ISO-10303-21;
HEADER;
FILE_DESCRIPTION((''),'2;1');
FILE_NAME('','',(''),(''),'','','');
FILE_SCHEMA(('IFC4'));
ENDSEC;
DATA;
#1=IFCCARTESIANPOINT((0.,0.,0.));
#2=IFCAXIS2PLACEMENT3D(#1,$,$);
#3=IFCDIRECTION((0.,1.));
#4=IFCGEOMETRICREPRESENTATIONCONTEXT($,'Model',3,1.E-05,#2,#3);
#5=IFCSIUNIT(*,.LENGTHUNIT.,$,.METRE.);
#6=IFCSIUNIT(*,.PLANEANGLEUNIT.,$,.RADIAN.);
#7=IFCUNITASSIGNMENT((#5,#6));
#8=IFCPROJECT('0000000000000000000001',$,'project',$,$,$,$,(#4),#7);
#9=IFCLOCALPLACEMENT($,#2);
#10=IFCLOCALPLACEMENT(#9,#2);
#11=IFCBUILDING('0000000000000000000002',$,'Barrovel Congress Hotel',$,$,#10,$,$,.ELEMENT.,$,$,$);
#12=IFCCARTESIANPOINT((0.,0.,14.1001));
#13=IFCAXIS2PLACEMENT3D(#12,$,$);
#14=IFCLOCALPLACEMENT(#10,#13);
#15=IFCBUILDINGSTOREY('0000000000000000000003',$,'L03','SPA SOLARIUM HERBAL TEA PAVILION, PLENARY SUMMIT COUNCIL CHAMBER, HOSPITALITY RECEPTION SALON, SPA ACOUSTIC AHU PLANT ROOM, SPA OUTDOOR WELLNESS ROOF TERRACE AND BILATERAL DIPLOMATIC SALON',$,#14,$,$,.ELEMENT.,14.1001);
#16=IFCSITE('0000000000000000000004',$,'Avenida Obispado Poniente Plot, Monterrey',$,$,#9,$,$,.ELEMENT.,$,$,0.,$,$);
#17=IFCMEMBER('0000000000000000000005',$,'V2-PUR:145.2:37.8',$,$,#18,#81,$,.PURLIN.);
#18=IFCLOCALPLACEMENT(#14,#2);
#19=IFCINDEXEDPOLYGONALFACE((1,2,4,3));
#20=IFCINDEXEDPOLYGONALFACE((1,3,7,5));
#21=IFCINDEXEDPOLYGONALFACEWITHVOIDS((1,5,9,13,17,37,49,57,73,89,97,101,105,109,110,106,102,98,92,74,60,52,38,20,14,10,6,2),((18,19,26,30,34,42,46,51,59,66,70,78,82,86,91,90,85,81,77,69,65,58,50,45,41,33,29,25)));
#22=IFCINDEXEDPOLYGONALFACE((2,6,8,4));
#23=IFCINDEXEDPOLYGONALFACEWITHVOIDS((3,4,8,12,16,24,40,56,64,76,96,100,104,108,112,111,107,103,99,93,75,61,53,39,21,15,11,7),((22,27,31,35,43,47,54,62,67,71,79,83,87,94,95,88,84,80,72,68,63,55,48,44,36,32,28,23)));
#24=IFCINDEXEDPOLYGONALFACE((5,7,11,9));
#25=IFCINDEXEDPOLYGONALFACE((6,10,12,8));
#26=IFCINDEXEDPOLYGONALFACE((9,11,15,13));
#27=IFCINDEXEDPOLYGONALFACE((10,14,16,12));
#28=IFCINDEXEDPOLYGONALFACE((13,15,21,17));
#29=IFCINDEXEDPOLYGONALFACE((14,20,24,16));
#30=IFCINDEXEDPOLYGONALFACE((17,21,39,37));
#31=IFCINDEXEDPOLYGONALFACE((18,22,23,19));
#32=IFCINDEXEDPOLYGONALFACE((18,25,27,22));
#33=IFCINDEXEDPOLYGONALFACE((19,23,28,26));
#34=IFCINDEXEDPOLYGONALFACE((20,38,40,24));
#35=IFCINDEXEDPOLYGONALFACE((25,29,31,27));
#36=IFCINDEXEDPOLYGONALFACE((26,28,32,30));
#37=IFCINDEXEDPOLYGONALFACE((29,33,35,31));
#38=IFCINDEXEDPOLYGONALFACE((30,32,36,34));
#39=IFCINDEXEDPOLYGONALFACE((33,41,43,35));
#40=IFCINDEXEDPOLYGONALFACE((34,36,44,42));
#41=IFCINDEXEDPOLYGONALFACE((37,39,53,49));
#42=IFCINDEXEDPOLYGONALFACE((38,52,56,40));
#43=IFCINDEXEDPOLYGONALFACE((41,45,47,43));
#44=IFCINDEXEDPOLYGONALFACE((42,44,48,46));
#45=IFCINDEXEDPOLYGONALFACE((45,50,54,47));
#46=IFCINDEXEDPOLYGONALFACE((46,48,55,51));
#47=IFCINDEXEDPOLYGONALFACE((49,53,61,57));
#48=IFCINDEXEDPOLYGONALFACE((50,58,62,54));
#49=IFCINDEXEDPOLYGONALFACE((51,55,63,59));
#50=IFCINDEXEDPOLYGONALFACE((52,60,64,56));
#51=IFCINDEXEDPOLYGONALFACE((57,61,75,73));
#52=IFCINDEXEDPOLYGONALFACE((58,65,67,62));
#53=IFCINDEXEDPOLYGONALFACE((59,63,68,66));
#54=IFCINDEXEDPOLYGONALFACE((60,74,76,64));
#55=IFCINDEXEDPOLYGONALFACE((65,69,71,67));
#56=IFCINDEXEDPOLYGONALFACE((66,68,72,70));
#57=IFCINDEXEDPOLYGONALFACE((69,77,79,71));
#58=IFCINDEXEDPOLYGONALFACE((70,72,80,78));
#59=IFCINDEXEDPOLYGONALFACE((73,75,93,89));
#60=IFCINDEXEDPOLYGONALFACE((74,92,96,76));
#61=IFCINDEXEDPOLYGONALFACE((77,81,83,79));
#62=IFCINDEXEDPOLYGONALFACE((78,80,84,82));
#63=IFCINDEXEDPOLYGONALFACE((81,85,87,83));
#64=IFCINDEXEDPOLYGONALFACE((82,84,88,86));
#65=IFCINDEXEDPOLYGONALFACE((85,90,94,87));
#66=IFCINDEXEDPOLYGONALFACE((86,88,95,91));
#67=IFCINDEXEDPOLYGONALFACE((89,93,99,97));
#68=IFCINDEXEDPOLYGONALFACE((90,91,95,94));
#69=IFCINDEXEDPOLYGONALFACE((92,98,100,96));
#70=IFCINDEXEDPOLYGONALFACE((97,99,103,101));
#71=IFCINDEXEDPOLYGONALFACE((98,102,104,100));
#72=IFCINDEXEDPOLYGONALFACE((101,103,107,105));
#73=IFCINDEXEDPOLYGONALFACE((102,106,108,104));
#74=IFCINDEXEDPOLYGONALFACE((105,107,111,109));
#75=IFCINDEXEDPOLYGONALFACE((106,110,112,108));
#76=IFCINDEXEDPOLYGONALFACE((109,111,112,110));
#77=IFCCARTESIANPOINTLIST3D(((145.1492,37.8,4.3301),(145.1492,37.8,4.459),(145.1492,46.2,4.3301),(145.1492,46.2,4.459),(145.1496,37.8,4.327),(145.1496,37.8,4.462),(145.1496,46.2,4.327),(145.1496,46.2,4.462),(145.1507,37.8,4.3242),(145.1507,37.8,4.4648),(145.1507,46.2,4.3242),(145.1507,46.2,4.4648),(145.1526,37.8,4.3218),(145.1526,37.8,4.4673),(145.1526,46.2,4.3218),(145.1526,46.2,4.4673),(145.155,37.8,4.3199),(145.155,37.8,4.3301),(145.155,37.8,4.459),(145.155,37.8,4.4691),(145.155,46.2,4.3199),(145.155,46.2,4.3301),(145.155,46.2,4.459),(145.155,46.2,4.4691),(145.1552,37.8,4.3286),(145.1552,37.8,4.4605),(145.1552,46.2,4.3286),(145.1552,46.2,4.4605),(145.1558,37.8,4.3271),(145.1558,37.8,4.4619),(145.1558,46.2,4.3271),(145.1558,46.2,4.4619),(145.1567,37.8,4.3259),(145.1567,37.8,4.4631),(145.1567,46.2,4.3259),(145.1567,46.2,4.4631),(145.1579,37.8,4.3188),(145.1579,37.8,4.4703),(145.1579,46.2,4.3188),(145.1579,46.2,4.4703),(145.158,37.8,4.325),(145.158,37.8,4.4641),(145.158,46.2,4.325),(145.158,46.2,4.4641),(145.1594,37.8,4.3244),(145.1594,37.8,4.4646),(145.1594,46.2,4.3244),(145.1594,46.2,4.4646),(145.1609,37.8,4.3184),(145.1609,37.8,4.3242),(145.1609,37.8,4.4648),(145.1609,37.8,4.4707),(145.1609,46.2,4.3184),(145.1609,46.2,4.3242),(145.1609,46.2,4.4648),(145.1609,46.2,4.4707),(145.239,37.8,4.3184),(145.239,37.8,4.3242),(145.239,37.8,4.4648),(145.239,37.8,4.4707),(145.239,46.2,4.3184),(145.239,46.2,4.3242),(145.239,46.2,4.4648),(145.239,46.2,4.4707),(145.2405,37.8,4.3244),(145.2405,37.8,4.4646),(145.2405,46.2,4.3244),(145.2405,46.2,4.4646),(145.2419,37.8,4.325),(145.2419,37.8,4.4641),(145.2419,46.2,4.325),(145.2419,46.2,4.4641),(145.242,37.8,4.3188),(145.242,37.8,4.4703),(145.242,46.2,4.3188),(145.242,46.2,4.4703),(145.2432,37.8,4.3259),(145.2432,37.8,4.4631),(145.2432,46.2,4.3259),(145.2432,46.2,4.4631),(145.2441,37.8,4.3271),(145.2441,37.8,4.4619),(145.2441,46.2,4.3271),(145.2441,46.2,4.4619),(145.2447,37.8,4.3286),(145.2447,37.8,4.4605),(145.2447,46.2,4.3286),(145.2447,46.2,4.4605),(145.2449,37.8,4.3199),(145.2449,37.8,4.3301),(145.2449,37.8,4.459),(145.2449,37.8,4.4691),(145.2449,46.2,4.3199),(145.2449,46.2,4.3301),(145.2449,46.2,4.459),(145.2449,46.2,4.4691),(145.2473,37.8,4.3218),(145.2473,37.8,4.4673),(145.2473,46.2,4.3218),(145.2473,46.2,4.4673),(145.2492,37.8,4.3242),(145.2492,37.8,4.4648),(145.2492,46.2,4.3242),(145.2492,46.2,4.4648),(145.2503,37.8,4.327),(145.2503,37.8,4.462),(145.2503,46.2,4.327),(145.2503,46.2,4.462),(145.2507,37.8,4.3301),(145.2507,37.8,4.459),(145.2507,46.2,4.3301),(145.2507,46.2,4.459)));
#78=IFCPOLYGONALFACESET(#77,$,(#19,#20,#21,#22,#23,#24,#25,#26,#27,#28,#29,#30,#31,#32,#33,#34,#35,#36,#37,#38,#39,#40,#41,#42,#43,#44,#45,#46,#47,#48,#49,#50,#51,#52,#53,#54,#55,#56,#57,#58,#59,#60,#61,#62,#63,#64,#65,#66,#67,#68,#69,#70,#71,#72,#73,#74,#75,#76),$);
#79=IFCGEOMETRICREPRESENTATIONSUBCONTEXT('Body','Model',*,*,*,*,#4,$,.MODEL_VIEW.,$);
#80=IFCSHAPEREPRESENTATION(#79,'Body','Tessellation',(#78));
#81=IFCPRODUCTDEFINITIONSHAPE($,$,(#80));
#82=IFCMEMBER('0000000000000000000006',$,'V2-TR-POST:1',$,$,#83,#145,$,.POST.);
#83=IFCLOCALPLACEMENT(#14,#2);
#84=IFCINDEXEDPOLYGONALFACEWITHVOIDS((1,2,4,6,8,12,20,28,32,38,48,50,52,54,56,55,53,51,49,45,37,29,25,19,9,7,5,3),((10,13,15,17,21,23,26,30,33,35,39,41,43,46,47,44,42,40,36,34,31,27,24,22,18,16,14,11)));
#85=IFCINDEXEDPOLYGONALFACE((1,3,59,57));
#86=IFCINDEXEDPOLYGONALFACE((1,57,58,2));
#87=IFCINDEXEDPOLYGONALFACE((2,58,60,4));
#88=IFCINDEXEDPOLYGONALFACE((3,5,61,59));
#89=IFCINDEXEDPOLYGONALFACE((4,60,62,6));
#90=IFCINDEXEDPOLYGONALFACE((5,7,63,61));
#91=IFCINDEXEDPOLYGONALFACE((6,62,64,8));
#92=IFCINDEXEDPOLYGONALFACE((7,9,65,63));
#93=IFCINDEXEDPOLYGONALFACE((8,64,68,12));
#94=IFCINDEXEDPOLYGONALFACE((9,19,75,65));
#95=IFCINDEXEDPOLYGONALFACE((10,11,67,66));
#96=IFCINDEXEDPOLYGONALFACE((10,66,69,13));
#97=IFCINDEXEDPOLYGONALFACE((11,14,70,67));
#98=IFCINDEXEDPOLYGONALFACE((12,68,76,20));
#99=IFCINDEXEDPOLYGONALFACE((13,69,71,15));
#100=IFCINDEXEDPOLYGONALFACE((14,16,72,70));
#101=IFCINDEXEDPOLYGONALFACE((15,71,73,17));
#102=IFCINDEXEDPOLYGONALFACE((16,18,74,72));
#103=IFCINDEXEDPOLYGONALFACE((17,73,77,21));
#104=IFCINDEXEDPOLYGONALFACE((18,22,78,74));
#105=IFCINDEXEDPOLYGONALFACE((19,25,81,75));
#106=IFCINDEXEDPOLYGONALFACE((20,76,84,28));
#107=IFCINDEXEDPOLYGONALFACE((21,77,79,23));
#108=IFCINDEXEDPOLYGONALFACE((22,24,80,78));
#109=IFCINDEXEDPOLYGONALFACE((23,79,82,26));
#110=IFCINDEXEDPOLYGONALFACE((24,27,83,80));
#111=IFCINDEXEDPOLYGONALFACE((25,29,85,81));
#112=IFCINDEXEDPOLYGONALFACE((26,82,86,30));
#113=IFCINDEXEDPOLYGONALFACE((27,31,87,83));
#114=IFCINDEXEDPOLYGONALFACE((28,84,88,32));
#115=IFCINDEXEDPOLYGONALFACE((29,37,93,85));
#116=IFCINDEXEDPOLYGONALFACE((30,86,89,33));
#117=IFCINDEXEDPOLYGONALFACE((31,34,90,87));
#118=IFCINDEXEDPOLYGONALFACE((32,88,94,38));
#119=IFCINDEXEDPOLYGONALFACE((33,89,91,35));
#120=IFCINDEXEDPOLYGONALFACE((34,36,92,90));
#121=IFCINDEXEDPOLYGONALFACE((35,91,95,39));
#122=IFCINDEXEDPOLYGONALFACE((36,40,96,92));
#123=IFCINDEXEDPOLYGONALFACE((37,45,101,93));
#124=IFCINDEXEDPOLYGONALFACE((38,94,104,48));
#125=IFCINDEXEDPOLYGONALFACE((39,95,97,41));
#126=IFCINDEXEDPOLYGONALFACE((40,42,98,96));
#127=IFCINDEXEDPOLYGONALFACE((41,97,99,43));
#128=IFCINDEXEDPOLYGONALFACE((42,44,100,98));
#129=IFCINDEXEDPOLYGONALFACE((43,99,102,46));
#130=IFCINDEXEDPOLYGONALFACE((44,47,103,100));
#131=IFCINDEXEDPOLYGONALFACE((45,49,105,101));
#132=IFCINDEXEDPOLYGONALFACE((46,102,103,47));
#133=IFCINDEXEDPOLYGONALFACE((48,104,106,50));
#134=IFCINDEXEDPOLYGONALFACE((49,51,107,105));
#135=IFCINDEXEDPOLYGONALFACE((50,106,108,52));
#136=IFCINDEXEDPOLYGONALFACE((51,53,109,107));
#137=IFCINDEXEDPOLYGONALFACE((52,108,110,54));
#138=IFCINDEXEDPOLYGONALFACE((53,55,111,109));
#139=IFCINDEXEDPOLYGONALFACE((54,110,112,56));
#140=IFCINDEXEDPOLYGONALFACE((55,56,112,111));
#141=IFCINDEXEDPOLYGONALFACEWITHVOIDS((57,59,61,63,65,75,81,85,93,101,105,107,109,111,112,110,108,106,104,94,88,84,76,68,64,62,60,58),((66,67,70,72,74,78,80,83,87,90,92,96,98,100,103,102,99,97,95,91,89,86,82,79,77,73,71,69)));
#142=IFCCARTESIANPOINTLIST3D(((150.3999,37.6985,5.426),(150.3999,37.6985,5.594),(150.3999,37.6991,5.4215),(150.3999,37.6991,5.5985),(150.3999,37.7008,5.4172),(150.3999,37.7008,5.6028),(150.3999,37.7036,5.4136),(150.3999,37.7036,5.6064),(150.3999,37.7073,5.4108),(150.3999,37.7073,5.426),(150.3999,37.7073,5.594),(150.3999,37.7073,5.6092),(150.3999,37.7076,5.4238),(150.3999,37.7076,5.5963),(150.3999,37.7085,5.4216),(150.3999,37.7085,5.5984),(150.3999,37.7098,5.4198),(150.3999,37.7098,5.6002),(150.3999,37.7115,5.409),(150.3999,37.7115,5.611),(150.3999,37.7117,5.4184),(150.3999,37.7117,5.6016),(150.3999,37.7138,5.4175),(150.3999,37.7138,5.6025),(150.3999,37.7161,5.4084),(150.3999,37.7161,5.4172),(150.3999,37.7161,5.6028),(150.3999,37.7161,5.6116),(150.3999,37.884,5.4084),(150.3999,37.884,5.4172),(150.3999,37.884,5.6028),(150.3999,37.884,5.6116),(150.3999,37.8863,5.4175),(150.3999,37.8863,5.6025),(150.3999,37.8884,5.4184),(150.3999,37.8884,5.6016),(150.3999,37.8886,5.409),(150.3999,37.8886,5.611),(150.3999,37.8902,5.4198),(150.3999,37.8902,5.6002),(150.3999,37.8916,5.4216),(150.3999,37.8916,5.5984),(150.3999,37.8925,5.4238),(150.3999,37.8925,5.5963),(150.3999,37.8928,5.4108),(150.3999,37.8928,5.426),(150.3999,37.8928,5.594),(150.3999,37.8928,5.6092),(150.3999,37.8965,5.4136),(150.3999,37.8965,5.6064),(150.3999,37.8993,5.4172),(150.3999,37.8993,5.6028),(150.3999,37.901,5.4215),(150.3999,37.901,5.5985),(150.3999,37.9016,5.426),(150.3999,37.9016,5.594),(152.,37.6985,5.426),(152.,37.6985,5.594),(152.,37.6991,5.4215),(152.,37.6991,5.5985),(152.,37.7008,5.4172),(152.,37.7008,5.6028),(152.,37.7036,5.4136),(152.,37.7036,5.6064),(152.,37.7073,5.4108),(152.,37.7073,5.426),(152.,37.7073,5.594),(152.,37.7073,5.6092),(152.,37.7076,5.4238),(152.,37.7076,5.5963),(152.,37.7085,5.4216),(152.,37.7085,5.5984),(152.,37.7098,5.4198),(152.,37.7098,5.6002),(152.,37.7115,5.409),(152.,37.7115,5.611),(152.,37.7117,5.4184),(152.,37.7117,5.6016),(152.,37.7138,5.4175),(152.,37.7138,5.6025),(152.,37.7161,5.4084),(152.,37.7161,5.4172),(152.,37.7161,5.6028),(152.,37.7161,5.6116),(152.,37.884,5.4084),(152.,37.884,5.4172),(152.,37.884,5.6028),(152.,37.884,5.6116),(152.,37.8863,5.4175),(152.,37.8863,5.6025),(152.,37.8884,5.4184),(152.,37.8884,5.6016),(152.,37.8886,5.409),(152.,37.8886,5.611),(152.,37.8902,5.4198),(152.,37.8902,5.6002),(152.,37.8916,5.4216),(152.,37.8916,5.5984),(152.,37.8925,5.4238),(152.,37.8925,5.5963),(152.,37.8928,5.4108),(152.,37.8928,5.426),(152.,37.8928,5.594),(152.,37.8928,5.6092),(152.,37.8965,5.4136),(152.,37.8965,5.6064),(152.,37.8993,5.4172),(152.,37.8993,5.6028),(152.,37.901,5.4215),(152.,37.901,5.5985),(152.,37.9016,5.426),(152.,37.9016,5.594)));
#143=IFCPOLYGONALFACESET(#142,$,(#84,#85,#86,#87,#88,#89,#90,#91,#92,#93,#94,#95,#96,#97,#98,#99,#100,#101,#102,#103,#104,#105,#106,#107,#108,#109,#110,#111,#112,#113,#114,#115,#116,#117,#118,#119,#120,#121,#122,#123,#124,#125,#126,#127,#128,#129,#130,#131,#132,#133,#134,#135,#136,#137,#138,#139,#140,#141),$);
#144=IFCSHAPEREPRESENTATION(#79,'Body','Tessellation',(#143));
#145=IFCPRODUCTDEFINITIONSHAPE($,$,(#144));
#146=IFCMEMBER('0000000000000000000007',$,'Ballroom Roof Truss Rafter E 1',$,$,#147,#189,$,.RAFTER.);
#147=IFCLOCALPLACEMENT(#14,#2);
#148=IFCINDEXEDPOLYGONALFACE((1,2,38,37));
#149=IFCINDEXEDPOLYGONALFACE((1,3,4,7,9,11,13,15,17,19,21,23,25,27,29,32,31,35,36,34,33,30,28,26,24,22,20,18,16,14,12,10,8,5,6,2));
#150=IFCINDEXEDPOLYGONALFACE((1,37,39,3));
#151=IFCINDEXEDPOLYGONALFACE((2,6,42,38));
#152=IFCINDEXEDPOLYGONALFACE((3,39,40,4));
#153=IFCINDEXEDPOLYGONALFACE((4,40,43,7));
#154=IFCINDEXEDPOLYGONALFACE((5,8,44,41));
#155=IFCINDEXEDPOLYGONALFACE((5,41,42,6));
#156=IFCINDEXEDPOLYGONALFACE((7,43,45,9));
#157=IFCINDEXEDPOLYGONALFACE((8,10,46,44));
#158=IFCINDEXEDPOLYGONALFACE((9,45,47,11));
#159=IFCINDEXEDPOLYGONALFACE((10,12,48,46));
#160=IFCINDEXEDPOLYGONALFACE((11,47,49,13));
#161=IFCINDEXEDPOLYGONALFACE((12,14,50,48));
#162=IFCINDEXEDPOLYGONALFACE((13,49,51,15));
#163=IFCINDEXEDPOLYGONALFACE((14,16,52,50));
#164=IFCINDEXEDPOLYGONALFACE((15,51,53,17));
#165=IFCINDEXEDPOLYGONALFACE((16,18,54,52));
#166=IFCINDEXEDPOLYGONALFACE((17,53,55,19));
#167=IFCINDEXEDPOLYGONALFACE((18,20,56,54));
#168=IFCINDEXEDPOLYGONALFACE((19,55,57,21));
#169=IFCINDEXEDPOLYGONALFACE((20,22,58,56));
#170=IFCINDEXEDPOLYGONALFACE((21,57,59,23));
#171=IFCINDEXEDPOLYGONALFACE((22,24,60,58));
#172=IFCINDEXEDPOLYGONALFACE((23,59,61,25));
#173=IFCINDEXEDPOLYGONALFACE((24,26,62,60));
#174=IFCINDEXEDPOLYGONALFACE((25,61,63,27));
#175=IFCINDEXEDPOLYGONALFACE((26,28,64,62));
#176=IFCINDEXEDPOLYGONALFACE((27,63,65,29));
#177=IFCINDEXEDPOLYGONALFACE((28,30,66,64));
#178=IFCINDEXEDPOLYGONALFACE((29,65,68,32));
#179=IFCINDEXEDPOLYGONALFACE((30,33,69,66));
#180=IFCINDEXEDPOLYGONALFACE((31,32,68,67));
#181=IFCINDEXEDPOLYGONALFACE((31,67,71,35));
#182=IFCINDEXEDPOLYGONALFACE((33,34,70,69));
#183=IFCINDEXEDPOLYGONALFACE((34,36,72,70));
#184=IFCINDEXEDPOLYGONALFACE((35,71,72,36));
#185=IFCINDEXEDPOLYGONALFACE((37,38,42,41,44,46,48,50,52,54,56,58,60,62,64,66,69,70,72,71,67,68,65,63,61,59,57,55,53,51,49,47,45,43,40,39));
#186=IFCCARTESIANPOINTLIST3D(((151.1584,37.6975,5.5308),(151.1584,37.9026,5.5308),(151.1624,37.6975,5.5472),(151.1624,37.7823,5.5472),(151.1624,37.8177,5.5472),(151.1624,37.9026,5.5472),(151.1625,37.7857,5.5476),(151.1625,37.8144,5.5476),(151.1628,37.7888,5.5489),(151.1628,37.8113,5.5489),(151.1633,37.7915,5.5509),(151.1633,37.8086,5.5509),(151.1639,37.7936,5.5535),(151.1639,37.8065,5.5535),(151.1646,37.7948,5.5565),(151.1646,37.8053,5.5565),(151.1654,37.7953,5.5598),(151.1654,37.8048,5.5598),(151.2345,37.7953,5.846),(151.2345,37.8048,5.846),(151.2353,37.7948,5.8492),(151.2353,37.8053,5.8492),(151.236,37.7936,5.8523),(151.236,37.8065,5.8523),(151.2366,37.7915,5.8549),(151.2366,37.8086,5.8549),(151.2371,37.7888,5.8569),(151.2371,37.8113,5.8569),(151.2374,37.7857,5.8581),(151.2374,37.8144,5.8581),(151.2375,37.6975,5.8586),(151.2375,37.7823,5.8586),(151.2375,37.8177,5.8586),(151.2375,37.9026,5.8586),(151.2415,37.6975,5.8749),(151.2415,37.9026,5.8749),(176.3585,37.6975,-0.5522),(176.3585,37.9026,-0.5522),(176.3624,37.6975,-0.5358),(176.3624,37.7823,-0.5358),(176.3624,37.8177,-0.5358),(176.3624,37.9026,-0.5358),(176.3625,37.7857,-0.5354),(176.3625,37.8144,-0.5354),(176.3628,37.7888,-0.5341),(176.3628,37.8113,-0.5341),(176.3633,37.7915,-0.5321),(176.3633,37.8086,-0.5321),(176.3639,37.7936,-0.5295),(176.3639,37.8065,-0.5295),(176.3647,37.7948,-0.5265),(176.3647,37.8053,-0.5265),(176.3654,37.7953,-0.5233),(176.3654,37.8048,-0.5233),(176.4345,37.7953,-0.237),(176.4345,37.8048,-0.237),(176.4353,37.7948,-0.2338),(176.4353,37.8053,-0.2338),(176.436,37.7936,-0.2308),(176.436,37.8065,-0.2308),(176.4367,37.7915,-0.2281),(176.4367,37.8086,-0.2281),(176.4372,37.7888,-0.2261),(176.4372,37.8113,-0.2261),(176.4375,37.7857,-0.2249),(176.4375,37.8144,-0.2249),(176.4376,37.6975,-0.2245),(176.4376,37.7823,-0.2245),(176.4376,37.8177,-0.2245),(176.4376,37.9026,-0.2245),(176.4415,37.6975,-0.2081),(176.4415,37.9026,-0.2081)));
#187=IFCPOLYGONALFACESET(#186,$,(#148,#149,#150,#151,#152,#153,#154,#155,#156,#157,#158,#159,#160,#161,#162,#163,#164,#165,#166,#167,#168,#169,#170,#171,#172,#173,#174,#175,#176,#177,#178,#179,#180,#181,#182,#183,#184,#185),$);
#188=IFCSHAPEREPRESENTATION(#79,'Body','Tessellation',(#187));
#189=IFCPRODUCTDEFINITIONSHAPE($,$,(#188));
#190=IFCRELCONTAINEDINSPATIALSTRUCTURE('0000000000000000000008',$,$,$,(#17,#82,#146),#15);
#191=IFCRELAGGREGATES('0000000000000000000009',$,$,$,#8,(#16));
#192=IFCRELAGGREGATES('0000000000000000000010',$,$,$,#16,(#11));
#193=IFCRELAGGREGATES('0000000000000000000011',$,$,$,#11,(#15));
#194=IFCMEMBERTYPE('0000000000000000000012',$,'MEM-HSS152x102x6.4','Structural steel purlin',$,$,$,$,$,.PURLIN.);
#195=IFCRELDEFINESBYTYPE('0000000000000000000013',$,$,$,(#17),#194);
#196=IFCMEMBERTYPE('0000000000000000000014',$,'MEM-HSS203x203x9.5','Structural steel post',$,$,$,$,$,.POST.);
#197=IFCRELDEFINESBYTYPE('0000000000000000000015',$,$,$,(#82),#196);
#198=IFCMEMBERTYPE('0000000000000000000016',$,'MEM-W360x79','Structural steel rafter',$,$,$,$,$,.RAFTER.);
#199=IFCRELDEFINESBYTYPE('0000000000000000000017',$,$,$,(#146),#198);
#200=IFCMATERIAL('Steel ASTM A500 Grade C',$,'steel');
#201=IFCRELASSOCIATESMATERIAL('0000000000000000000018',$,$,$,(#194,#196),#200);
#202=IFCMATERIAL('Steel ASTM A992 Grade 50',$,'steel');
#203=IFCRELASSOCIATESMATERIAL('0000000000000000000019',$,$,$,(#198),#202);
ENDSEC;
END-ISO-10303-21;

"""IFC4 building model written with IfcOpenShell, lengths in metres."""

from ifc_helpers import new_model, si_unit, direction, frame, origin, origin_2d, place, context, subcontext, project, spatial, hollow_rectangle, i_section, extrude, material, material_profile, profile_set, type_object, element, save


model = new_model("IFC4")

# Units and contexts
model_context = context("Model", 3, precision=1e-05, world=origin(), true_north=direction((0.0, 1.0)))
body_context = subcontext(model_context, "Body", "Model", "MODEL_VIEW")
ifc_project = project(units=[si_unit("LENGTHUNIT", "METRE"), si_unit("PLANEANGLEUNIT", "RADIAN")], contexts=[model_context])

# Site, building, storey
site_placement = place(None, origin())
site = spatial("IfcSite", under=ifc_project, at=site_placement, Name="Avenida Obispado Poniente Plot, Monterrey", CompositionType="ELEMENT", RefElevation=0.0)
building_placement = place(site_placement, origin())
building = spatial("IfcBuilding", under=site, at=building_placement, Name="Barrovel Congress Hotel", CompositionType="ELEMENT")
storey_placement = place(building_placement, frame((0.0, 0.0, 14.1001)))
storey = spatial("IfcBuildingStorey", under=building, at=storey_placement, Name="L03", Description="SPA SOLARIUM HERBAL TEA PAVILION, PLENARY SUMMIT COUNCIL CHAMBER, HOSPITALITY RECEPTION SALON, SPA ACOUSTIC AHU PLANT ROOM, SPA OUTDOOR WELLNESS ROOF TERRACE AND BILATERAL DIPLOMATIC SALON", CompositionType="ELEMENT", Elevation=14.1001)

# Members
ifc_material_1 = material(Name="Steel ASTM A500 Grade C", Category="steel")
ifc_material_profile_1 = material_profile(ifc_material_1, hollow_rectangle(XDim=0.1016, YDim=0.1523, WallThickness=0.0059, InnerFilletRadius=0.0059, OuterFilletRadius=0.0117, at=origin_2d()), Name="HSS152x102x6.4")
ifc_profile_set_1 = profile_set([ifc_material_profile_1], Name="Steel ASTM A500 Grade C")
member_type_1 = type_object("IfcMemberType", Name="MEM-HSS152x102x6.4", Description="Structural steel purlin", PredefinedType="PURLIN", material=ifc_profile_set_1)
member_1_placement = place(storey_placement, frame((145.2, 37.8, 4.3945), z_axis=(0.0, 1.0, 0.0), x_axis=(-1.0, 0.0, 0.0)))
element("IfcMember", 1, at=member_1_placement, inside=storey, type_object=member_type_1, Name="V2-PUR:145.2:37.8", PredefinedType="PURLIN", context=body_context, shape_type="SweptSolid", body=[
    extrude(hollow_rectangle(XDim=0.1016, YDim=0.1523, WallThickness=0.0059, InnerFilletRadius=0.0059, OuterFilletRadius=0.0117, at=origin_2d()), origin(), (0.0, 0.0, 1.0), 8.3999),
])
ifc_material_profile_2 = material_profile(ifc_material_1, hollow_rectangle(XDim=0.2031, YDim=0.2031, WallThickness=0.0088, InnerFilletRadius=0.0088, OuterFilletRadius=0.0176, at=origin_2d()), Name="HSS203x203x9.5")
ifc_profile_set_2 = profile_set([ifc_material_profile_2], Name="Steel ASTM A500 Grade C")
member_type_2 = type_object("IfcMemberType", Name="MEM-HSS203x203x9.5", Description="Structural steel post", PredefinedType="POST", material=ifc_profile_set_2)
member_2_placement = place(storey_placement, frame((150.3999, 37.8, 5.51), z_axis=(1.0, 0.0, 0.0), x_axis=(0.0, 1.0, 0.0)))
element("IfcMember", 2, at=member_2_placement, inside=storey, type_object=member_type_2, Name="V2-TR-POST:1", PredefinedType="POST", context=body_context, shape_type="SweptSolid", body=[
    extrude(hollow_rectangle(XDim=0.2031, YDim=0.2031, WallThickness=0.0088, InnerFilletRadius=0.0088, OuterFilletRadius=0.0176, at=origin_2d()), origin(), (0.0, 0.0, 1.0), 1.6001),
])
ifc_material_2 = material(Name="Steel ASTM A992 Grade 50", Category="steel")
ifc_material_profile_3 = material_profile(ifc_material_2, i_section(OverallWidth=0.2051, OverallDepth=0.354, WebThickness=0.0095, FlangeThickness=0.0168, FilletRadius=0.0129, at=origin_2d()), Name="W360x79")
ifc_profile_set_3 = profile_set([ifc_material_profile_3], Name="Steel ASTM A992 Grade 50")
member_type_3 = type_object("IfcMemberType", Name="MEM-W360x79", Description="Structural steel rafter", PredefinedType="RAFTER", material=ifc_profile_set_3)
member_3_placement = place(storey_placement, frame((151.2, 37.8, 5.7029), z_axis=(0.97208, 0.0, -0.23465), x_axis=(0.0, 1.0, 0.0)))
element("IfcMember", 3, at=member_3_placement, inside=storey, type_object=member_type_3, Name="Ballroom Roof Truss Rafter E 1", PredefinedType="RAFTER", context=body_context, shape_type="SweptSolid", body=[
    extrude(i_section(OverallWidth=0.2051, OverallDepth=0.354, WebThickness=0.0095, FlangeThickness=0.0168, FilletRadius=0.0129, at=origin_2d()), origin(), (0.0, 0.0, 1.0), 25.9238),
])

save(model, "model.ifc")
